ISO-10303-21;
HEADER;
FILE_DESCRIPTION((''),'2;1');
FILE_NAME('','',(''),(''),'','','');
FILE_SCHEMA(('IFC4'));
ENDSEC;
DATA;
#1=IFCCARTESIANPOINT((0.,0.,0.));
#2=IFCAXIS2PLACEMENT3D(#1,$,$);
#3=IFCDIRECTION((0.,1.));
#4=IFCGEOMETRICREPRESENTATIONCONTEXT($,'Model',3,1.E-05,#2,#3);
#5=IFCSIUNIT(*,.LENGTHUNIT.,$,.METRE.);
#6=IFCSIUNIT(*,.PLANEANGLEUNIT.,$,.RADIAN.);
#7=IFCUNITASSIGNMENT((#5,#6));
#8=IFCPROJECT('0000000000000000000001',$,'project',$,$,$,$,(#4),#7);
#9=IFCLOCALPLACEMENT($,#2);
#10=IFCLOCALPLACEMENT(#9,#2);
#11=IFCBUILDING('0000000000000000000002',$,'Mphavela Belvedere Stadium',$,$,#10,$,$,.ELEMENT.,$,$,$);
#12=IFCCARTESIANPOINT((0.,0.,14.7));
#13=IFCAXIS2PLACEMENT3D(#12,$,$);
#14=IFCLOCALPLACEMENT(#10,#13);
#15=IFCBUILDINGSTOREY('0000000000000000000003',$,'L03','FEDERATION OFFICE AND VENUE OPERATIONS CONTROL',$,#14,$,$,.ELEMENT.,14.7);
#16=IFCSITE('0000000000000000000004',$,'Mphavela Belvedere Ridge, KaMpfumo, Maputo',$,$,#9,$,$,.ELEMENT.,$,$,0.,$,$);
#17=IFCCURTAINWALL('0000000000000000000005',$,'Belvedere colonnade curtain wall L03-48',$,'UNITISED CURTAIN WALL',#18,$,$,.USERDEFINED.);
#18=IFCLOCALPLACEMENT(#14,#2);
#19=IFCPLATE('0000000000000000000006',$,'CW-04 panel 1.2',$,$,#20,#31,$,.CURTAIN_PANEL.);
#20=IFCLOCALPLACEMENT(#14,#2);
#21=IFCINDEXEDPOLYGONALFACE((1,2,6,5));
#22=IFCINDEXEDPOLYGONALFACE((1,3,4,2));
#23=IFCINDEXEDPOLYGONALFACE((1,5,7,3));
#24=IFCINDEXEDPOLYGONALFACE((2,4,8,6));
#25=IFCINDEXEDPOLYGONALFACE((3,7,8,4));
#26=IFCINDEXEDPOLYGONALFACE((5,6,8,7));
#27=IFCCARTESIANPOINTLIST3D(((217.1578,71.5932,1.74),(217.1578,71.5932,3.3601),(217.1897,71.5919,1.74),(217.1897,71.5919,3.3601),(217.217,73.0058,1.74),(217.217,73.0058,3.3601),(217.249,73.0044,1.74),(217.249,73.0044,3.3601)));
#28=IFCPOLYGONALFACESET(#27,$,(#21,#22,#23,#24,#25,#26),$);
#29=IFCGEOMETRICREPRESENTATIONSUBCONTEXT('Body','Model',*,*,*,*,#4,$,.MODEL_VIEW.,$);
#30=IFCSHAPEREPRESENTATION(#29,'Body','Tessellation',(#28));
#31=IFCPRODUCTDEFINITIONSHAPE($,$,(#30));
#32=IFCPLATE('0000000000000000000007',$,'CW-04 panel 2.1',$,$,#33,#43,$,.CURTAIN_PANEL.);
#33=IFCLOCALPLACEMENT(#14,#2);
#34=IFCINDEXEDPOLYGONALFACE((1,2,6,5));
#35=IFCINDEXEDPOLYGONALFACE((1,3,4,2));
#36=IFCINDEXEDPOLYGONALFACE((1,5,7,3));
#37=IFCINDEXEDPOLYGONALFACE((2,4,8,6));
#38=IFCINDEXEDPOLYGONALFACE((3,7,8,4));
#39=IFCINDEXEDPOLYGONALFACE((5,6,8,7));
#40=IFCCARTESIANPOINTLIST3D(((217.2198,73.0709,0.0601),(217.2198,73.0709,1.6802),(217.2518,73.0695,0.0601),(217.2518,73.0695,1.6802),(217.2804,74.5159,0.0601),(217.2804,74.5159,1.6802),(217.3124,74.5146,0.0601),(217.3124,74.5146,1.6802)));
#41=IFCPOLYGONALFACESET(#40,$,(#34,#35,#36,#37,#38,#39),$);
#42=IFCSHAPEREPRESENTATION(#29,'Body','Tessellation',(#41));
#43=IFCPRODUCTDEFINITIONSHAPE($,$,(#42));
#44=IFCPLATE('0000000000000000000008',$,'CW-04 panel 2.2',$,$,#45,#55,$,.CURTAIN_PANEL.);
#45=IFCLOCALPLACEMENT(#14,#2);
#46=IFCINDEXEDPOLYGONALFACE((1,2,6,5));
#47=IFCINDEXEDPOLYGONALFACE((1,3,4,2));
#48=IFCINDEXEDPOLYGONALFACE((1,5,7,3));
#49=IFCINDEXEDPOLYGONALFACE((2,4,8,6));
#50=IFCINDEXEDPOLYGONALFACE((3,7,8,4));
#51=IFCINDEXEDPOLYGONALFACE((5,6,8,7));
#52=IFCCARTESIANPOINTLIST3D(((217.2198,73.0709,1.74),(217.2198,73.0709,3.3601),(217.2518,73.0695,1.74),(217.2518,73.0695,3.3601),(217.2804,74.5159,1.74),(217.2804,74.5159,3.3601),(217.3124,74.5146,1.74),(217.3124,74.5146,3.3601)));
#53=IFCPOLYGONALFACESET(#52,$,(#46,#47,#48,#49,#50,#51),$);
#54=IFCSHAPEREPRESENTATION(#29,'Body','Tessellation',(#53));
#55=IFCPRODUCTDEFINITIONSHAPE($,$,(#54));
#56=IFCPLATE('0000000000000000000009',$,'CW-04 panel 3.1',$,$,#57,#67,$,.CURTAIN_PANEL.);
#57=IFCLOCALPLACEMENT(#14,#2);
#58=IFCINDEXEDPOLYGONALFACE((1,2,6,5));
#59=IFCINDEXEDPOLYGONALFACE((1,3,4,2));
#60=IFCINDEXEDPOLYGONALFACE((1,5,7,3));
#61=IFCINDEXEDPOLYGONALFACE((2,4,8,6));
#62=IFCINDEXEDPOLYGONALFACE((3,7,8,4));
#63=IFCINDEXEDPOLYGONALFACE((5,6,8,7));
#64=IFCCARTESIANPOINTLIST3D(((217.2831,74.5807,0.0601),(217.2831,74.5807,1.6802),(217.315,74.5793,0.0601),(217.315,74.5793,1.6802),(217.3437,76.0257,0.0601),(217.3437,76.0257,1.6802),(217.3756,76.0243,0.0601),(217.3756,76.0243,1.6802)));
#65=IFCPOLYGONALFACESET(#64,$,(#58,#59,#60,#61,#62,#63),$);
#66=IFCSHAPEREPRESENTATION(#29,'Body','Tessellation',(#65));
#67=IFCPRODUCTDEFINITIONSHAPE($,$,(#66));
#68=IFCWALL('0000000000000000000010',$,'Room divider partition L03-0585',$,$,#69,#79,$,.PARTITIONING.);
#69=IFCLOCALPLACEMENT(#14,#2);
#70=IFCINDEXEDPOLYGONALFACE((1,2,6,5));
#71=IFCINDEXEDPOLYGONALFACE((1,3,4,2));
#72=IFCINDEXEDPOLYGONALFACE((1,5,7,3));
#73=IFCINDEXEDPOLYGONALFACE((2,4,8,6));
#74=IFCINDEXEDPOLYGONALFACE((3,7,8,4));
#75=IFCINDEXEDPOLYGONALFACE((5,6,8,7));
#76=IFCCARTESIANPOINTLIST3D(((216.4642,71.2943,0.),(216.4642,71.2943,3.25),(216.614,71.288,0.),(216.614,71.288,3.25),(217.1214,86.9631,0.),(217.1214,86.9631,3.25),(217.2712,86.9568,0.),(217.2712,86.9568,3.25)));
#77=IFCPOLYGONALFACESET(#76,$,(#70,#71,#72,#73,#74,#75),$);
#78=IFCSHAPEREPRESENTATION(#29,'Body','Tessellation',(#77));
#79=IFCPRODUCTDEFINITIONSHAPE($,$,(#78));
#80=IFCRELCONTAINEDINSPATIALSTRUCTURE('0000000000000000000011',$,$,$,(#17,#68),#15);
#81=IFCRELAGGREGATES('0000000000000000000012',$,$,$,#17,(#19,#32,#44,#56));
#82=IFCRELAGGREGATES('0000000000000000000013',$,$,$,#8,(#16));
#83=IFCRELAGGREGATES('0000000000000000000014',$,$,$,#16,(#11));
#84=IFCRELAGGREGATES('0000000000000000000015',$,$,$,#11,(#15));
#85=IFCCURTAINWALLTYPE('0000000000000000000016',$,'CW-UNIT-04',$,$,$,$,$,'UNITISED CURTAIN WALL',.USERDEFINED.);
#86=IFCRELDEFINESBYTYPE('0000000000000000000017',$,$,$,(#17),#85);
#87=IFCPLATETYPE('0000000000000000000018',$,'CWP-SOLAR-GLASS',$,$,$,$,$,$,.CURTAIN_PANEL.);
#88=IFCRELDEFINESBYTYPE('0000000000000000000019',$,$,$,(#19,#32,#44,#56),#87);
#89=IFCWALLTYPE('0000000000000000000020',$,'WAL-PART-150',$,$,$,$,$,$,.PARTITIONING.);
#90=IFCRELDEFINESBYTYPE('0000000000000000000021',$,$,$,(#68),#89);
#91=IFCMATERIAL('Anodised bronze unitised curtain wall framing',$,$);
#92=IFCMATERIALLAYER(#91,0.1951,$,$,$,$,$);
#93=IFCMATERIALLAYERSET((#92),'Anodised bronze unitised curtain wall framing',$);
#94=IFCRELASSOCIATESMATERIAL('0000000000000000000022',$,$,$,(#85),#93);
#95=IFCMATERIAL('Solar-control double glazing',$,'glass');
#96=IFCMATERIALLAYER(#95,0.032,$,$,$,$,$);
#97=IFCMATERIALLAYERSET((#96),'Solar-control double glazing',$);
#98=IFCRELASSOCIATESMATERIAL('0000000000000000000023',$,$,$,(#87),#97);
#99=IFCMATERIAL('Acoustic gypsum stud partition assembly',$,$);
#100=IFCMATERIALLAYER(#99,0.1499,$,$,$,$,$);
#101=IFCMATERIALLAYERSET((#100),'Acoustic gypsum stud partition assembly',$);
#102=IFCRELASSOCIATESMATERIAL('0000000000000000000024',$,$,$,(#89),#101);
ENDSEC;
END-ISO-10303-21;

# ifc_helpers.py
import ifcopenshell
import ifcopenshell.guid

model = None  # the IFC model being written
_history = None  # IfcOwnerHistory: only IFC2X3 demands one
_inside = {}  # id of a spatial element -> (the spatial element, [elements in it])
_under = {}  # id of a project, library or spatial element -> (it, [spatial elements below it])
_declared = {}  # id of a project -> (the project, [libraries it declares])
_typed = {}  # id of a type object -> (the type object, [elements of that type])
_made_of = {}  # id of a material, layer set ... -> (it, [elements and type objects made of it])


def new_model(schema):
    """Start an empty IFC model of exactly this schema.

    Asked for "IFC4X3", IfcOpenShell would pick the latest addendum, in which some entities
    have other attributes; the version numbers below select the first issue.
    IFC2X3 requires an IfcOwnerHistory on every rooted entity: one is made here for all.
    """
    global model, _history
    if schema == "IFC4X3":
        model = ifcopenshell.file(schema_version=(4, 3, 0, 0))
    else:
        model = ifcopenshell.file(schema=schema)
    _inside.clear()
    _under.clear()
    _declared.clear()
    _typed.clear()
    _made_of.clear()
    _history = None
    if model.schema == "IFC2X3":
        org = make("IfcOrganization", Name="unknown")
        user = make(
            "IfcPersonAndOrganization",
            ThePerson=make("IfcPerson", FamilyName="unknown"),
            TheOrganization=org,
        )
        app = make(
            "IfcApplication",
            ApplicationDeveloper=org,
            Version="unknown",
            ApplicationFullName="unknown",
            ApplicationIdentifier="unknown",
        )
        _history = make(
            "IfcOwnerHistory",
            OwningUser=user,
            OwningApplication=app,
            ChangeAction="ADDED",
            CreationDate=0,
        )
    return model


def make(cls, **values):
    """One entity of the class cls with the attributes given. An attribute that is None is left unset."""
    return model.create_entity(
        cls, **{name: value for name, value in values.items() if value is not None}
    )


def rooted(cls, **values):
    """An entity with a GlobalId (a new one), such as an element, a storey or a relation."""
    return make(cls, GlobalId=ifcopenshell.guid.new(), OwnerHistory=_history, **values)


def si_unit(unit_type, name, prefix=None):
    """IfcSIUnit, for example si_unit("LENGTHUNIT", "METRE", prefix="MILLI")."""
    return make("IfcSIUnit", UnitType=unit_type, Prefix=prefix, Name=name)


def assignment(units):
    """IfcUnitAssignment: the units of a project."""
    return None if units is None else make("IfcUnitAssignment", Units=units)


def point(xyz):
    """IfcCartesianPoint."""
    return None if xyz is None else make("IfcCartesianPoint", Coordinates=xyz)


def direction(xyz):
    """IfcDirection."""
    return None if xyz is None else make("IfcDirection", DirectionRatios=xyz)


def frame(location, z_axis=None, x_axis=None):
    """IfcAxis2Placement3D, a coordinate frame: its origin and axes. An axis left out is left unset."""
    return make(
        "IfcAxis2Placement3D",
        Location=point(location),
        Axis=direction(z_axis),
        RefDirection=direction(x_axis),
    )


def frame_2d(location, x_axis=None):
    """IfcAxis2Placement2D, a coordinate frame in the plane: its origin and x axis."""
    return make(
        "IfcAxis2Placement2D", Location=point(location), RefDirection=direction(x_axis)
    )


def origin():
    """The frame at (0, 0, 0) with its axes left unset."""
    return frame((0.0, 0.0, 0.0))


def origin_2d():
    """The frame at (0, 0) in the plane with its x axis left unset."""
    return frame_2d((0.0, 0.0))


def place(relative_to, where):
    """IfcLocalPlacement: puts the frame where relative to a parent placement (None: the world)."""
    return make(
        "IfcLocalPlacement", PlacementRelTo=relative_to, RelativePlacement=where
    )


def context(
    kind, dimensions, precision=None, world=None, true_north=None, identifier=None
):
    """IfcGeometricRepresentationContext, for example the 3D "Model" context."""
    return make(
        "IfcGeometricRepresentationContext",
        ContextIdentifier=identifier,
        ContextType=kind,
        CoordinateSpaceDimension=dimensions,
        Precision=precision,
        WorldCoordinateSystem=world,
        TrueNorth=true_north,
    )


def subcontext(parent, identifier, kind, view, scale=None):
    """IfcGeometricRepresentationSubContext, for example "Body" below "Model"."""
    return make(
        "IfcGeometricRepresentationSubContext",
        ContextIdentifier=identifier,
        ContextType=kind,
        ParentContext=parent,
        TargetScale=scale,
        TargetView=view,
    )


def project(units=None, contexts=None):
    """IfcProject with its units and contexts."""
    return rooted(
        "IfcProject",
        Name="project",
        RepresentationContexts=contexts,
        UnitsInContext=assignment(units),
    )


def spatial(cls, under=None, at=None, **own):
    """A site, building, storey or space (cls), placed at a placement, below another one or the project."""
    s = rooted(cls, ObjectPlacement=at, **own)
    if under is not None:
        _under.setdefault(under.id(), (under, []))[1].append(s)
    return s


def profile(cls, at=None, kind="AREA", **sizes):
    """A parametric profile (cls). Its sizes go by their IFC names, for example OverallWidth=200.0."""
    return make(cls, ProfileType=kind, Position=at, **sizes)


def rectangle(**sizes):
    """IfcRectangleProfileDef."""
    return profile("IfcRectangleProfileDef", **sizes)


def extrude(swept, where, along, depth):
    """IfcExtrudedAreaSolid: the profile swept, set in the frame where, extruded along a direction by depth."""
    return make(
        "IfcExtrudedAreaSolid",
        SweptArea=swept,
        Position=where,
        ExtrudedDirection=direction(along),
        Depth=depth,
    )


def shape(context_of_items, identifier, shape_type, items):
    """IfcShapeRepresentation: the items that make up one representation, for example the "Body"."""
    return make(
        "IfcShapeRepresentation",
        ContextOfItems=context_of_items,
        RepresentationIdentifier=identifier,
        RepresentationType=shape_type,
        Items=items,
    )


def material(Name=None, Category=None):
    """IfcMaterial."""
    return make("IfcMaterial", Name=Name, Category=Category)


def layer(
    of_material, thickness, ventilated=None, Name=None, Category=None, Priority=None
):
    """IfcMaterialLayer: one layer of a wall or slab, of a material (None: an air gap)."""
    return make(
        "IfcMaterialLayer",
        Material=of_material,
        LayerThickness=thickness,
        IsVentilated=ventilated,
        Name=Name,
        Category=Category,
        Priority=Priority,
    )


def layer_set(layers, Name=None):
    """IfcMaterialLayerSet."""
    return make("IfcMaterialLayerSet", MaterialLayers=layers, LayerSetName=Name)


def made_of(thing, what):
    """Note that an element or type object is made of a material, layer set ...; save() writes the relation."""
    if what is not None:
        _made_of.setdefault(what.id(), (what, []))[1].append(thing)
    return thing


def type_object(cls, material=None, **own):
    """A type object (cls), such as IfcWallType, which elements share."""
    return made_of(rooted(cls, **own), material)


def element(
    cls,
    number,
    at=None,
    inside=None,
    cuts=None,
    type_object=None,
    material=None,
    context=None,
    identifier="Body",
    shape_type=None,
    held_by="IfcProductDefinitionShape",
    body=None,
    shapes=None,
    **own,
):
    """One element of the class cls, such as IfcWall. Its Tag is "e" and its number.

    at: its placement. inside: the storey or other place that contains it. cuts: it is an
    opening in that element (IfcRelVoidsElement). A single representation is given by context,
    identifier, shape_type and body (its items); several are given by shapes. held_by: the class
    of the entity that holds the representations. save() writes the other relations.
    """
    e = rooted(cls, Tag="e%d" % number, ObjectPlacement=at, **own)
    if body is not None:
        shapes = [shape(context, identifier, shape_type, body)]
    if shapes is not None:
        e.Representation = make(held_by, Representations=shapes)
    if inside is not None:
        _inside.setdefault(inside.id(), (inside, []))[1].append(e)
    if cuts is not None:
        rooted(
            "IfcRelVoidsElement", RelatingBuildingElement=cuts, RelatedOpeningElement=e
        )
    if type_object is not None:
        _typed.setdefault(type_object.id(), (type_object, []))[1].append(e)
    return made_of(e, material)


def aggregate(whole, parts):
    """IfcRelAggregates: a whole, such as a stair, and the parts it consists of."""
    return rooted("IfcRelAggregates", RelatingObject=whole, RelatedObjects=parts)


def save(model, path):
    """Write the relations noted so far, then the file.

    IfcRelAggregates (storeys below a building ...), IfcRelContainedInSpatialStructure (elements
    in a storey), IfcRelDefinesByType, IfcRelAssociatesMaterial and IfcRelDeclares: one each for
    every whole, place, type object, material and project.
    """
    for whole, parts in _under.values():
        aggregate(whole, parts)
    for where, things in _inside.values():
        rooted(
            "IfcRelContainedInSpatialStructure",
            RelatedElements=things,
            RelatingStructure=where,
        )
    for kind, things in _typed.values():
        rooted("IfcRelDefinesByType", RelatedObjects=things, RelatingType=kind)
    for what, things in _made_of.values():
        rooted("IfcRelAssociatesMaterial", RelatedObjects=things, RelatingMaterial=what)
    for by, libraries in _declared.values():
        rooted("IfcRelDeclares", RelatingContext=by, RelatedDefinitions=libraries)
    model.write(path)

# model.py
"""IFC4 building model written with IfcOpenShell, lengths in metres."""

from ifc_helpers import new_model, si_unit, direction, frame, frame_2d, origin, origin_2d, place, context, subcontext, project, spatial, rectangle, extrude, material, layer, layer_set, type_object, element, aggregate, save


model = new_model("IFC4")

# Units and contexts
model_context = context("Model", 3, precision=1e-05, world=origin(), true_north=direction((0.0, 1.0)))
body_context = subcontext(model_context, "Body", "Model", "MODEL_VIEW")
ifc_project = project(units=[si_unit("LENGTHUNIT", "METRE"), si_unit("PLANEANGLEUNIT", "RADIAN")], contexts=[model_context])

# Site, building, storey
site_placement = place(None, origin())
site = spatial("IfcSite", under=ifc_project, at=site_placement, Name="Mphavela Belvedere Ridge, KaMpfumo, Maputo", CompositionType="ELEMENT", RefElevation=0.0)
building_placement = place(site_placement, origin())
building = spatial("IfcBuilding", under=site, at=building_placement, Name="Mphavela Belvedere Stadium", CompositionType="ELEMENT")
storey_placement = place(building_placement, frame((0.0, 0.0, 14.7)))
storey = spatial("IfcBuildingStorey", under=building, at=storey_placement, Name="L03", Description="FEDERATION OFFICE AND VENUE OPERATIONS CONTROL", CompositionType="ELEMENT", Elevation=14.7)

# Curtain wall
ifc_material_1 = material(Name="Anodised bronze unitised curtain wall framing")
ifc_layer_1 = layer(ifc_material_1, 0.1951)
ifc_layer_set_1 = layer_set([ifc_layer_1], Name="Anodised bronze unitised curtain wall framing")
curtain_wall_type_1 = type_object("IfcCurtainWallType", Name="CW-UNIT-04", ElementType="UNITISED CURTAIN WALL", PredefinedType="USERDEFINED", material=ifc_layer_set_1)
curtain_wall_1_placement = place(storey_placement, origin())
curtain_wall_1 = element("IfcCurtainWall", 1, at=curtain_wall_1_placement, inside=storey, type_object=curtain_wall_type_1, Name="Belvedere colonnade curtain wall L03-48", ObjectType="UNITISED CURTAIN WALL", PredefinedType="USERDEFINED")

# Plates
ifc_material_2 = material(Name="Solar-control double glazing", Category="glass")
ifc_layer_2 = layer(ifc_material_2, 0.032)
ifc_layer_set_2 = layer_set([ifc_layer_2], Name="Solar-control double glazing")
plate_type = type_object("IfcPlateType", Name="CWP-SOLAR-GLASS", PredefinedType="CURTAIN_PANEL", material=ifc_layer_set_2)
plate_1_placement = place(storey_placement, frame((217.2034, 72.2988, 1.74), z_axis=(0.0, 0.0, 1.0), x_axis=(0.041911, 0.999121, 0.0)))
plate_1 = element("IfcPlate", 2, at=plate_1_placement, type_object=plate_type, Name="CW-04 panel 1.2", PredefinedType="CURTAIN_PANEL", context=body_context, shape_type="SweptSolid", body=[
    extrude(rectangle(XDim=1.4138, YDim=0.032, at=origin_2d()), origin(), (0.0, 0.0, 1.0), 1.6201),
])
plate_2_placement = place(storey_placement, frame((217.2661, 73.7927, 0.0601), z_axis=(0.0, 0.0, 1.0), x_axis=(0.041911, 0.999121, 0.0)))
plate_2 = element("IfcPlate", 3, at=plate_2_placement, type_object=plate_type, Name="CW-04 panel 2.1", PredefinedType="CURTAIN_PANEL", context=body_context, shape_type="SweptSolid", body=[
    extrude(rectangle(XDim=1.4463, YDim=0.032, at=origin_2d()), origin(), (0.0, 0.0, 1.0), 1.6201),
])
plate_3_placement = place(storey_placement, frame((217.2661, 73.7927, 1.74), z_axis=(0.0, 0.0, 1.0), x_axis=(0.041911, 0.999121, 0.0)))
plate_3 = element("IfcPlate", 4, at=plate_3_placement, type_object=plate_type, Name="CW-04 panel 2.2", PredefinedType="CURTAIN_PANEL", context=body_context, shape_type="SweptSolid", body=[
    extrude(rectangle(XDim=1.4463, YDim=0.032, at=origin_2d()), origin(), (0.0, 0.0, 1.0), 1.6201),
])
plate_4_placement = place(storey_placement, frame((217.3293, 75.3025, 0.0601), z_axis=(0.0, 0.0, 1.0), x_axis=(0.041911, 0.999121, 0.0)))
plate_4 = element("IfcPlate", 5, at=plate_4_placement, type_object=plate_type, Name="CW-04 panel 3.1", PredefinedType="CURTAIN_PANEL", context=body_context, shape_type="SweptSolid", body=[
    extrude(rectangle(XDim=1.4463, YDim=0.032, at=origin_2d()), origin(), (0.0, 0.0, 1.0), 1.6201),
])
aggregate(curtain_wall_1, [plate_1, plate_2, plate_3, plate_4])

# Wall
ifc_material_3 = material(Name="Acoustic gypsum stud partition assembly")
ifc_layer_3 = layer(ifc_material_3, 0.1499)
ifc_layer_set_3 = layer_set([ifc_layer_3], Name="Acoustic gypsum stud partition assembly")
wall_type = type_object("IfcWallType", Name="WAL-PART-150", PredefinedType="PARTITIONING", material=ifc_layer_set_3)
wall_placement = place(storey_placement, frame((217.1963, 86.96, 0.0), z_axis=(0.0, 0.0, 1.0), x_axis=(-0.041908, -0.999121, 0.0)))
element("IfcWall", 6, at=wall_placement, inside=storey, type_object=wall_type, Name="Room divider partition L03-0585", PredefinedType="PARTITIONING", context=body_context, shape_type="SweptSolid", body=[
    extrude(rectangle(XDim=15.6826, YDim=0.1499, at=frame_2d((7.8413, 0.0))), origin(), (0.0, 0.0, 1.0), 3.25),
])

save(model, "model.ifc")
